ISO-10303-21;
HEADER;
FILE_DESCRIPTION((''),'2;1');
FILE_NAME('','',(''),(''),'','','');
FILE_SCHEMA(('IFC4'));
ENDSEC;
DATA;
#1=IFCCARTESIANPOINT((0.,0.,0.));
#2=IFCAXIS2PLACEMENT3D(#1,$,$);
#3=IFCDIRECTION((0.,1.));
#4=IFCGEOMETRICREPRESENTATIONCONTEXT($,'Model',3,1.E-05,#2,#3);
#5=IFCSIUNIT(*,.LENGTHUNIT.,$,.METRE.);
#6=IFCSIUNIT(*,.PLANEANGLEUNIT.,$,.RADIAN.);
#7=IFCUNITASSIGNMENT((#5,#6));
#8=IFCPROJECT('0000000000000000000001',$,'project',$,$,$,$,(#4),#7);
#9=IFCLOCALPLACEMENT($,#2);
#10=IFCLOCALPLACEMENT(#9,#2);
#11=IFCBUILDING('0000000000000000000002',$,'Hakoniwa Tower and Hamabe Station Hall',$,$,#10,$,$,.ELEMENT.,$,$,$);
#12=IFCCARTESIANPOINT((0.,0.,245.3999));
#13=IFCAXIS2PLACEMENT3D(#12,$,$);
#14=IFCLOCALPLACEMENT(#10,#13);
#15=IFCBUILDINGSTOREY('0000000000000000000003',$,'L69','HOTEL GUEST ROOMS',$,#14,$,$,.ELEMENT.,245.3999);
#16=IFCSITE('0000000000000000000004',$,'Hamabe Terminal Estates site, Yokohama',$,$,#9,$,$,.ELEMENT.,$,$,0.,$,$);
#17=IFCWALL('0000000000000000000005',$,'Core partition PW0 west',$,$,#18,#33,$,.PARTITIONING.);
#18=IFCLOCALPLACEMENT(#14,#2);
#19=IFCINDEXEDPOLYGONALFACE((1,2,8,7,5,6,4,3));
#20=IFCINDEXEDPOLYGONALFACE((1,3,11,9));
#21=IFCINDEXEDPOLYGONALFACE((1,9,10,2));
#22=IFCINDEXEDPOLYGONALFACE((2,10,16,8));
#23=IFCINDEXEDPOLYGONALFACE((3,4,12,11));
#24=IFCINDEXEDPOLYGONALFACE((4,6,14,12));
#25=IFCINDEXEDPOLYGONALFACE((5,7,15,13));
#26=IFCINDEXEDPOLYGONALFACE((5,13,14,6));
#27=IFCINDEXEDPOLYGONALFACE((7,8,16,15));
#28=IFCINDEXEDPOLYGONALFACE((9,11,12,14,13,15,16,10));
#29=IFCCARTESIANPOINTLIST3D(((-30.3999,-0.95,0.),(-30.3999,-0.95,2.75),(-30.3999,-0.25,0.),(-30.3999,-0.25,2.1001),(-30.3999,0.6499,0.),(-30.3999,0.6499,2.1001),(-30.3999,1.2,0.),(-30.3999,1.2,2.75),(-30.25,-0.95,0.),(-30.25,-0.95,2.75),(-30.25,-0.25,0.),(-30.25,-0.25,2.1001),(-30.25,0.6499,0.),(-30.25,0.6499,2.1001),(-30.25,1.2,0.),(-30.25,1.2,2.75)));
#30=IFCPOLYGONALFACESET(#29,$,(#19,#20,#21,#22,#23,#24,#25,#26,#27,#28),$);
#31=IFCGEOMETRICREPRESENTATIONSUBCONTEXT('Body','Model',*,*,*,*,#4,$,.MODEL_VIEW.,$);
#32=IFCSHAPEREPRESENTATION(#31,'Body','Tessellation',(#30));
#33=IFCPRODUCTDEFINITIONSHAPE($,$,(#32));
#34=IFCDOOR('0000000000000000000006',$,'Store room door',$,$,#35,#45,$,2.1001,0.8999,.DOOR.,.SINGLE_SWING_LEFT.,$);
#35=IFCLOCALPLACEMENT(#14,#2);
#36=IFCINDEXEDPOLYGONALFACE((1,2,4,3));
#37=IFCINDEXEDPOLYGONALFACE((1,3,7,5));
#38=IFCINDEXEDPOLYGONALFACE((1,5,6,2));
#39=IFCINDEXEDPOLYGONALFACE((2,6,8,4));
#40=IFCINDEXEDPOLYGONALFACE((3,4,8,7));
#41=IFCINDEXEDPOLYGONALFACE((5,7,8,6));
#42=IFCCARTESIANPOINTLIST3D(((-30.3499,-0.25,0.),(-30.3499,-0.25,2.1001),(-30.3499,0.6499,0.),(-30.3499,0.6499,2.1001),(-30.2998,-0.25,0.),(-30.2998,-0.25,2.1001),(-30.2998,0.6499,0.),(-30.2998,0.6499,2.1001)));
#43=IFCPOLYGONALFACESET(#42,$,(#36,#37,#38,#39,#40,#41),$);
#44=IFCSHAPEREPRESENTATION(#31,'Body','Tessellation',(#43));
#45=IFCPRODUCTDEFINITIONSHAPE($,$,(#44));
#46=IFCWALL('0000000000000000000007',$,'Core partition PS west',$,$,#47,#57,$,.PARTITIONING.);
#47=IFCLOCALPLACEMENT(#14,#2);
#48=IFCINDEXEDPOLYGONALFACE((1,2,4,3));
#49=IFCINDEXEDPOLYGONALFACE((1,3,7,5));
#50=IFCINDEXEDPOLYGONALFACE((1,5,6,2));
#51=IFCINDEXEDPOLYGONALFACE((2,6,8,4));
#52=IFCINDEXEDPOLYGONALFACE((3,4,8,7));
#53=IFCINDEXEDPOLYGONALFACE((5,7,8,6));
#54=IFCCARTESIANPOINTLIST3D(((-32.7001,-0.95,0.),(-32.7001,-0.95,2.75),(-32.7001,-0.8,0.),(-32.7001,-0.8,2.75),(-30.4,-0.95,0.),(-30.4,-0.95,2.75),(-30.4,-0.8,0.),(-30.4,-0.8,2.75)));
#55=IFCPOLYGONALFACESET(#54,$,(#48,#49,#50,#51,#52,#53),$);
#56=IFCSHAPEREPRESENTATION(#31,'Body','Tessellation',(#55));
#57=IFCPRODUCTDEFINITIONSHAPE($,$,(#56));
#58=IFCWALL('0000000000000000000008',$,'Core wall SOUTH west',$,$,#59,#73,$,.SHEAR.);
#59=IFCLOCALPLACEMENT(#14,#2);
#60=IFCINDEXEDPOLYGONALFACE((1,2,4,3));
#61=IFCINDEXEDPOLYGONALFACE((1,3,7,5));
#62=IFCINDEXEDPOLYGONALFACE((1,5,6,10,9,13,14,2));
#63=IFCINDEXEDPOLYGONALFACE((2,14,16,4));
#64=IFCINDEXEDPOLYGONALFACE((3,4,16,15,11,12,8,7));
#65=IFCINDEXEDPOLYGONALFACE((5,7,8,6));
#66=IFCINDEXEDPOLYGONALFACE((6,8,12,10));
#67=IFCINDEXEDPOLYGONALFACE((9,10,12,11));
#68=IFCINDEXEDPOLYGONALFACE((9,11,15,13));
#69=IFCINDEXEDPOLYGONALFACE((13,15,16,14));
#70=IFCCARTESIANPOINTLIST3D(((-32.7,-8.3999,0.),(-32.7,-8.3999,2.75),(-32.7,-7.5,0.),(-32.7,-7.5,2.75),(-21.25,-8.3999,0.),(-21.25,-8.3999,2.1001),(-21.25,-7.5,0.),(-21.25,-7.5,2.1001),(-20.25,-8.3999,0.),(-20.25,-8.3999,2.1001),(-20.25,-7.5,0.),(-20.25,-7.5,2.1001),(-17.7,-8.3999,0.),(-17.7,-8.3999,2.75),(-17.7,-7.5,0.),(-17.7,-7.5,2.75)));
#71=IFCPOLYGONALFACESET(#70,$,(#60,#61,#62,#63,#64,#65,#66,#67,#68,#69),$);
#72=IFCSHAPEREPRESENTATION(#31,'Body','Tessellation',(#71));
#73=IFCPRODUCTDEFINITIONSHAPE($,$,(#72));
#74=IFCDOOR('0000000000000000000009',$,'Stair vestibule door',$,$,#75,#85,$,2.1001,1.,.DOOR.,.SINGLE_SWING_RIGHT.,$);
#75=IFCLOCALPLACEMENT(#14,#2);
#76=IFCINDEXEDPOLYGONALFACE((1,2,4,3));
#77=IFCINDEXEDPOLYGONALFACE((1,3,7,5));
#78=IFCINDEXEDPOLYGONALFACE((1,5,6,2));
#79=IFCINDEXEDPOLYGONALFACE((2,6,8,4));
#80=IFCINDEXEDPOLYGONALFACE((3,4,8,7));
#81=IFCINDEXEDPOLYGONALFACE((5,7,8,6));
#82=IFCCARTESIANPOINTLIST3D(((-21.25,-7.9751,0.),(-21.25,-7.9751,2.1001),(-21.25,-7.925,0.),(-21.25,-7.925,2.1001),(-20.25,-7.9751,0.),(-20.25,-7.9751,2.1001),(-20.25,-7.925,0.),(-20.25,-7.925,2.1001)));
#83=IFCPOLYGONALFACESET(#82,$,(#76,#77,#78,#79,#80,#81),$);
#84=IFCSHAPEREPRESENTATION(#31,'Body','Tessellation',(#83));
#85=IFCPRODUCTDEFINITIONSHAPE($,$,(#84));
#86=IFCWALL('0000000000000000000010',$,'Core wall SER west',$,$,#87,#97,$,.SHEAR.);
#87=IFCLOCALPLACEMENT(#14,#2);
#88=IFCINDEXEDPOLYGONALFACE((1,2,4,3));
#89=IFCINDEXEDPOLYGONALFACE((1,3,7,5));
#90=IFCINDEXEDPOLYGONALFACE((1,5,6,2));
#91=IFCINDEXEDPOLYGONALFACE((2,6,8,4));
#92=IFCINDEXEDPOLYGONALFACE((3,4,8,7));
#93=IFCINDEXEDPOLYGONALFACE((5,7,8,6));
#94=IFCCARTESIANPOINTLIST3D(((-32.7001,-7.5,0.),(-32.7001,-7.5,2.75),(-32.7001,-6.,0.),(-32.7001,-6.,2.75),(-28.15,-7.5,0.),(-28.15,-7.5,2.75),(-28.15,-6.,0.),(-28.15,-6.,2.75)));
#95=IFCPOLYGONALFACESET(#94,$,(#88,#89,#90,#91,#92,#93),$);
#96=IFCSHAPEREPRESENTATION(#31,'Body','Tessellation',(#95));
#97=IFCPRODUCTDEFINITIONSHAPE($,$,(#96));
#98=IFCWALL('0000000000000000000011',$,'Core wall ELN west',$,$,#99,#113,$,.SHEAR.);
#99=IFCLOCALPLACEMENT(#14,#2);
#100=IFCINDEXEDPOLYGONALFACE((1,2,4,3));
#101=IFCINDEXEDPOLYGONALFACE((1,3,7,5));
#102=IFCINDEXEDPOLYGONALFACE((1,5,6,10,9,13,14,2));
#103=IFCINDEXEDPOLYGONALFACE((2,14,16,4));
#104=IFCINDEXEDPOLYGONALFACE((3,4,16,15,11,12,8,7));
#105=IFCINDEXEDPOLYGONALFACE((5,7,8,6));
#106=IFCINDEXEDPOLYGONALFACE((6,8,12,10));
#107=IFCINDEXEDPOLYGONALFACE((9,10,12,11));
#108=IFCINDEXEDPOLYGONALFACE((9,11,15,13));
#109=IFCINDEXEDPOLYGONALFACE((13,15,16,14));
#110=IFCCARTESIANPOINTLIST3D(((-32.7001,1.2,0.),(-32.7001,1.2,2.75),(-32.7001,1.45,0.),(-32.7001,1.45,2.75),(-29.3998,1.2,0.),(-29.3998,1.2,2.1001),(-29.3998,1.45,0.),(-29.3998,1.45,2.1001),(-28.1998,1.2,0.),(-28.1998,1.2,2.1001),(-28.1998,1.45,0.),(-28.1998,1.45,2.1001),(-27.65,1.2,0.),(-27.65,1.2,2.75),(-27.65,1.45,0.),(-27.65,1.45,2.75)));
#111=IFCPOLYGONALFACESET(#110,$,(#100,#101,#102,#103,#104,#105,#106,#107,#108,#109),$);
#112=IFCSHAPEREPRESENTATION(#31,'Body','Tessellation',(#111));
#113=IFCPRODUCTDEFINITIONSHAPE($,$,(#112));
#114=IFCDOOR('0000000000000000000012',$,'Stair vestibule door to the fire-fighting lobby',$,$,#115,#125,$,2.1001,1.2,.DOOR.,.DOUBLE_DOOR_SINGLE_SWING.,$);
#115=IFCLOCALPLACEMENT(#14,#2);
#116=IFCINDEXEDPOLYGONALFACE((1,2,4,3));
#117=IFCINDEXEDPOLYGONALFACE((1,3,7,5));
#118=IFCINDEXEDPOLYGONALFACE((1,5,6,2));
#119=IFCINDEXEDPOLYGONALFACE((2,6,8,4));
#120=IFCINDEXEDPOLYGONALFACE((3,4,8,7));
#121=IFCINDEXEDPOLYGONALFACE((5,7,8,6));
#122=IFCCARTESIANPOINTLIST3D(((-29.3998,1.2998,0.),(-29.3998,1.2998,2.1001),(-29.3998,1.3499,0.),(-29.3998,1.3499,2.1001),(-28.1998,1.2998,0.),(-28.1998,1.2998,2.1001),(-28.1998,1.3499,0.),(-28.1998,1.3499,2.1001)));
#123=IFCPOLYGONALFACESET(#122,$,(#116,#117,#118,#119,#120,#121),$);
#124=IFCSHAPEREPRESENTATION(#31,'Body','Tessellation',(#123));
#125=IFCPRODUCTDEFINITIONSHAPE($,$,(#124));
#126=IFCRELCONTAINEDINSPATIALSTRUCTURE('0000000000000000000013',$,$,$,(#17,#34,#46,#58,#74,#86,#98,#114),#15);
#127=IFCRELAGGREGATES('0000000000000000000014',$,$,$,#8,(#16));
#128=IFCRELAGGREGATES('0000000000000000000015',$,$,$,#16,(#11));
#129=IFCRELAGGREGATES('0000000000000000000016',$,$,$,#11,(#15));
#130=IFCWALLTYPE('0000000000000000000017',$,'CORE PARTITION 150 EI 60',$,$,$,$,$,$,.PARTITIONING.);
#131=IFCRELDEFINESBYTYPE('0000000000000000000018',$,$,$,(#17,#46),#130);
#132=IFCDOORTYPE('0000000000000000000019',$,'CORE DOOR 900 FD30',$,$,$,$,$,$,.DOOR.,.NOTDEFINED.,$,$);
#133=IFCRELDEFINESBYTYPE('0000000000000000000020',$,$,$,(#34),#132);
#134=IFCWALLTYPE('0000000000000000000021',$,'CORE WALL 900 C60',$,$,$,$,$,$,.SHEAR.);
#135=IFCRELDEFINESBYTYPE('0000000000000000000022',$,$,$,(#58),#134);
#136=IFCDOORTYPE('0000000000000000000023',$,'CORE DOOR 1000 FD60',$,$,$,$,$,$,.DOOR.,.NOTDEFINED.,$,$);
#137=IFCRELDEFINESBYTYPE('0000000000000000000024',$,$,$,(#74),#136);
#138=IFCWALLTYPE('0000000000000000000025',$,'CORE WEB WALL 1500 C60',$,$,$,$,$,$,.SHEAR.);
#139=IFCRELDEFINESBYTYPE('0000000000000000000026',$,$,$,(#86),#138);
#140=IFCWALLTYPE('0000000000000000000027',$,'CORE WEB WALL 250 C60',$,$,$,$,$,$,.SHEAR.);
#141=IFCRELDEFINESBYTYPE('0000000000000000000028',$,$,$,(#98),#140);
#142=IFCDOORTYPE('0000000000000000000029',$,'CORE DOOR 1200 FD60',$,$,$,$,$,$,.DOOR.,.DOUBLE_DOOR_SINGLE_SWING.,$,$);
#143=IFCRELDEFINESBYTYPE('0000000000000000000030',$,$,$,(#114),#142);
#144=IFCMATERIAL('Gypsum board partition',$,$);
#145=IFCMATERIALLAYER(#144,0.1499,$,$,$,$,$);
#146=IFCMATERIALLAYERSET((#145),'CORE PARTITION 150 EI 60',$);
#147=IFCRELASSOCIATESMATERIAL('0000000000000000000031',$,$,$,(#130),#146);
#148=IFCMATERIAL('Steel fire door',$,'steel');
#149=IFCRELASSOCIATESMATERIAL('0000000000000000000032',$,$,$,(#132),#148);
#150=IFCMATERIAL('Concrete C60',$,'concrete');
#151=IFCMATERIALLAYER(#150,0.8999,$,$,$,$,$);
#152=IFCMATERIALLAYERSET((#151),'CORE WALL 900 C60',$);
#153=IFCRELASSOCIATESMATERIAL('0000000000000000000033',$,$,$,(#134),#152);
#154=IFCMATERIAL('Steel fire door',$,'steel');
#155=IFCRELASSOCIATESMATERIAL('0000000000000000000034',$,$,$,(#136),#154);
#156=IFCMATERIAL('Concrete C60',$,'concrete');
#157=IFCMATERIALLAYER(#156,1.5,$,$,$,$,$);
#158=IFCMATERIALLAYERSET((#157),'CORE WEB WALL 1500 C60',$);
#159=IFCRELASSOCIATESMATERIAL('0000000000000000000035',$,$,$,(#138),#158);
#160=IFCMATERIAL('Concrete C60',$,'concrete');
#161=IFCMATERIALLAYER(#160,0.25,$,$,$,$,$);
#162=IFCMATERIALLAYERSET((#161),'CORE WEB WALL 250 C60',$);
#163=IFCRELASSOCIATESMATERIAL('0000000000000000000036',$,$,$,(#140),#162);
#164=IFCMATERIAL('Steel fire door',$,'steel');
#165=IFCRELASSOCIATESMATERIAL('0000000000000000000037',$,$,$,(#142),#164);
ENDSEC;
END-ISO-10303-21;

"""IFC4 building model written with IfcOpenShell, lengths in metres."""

from ifc_helpers import new_model, si_unit, direction, frame, frame_2d, origin, place, context, subcontext, project, spatial, rectangle, extrude, material, layer, layer_set, type_object, element, fill, save


model = new_model("IFC4")

# Units and contexts
model_context = context("Model", 3, precision=1e-05, world=origin(), true_north=direction((0.0, 1.0)))
body_context = subcontext(model_context, "Body", "Model", "MODEL_VIEW")
ifc_project = project(units=[si_unit("LENGTHUNIT", "METRE"), si_unit("PLANEANGLEUNIT", "RADIAN")], contexts=[model_context])

# Site, building, storey
site_placement = place(None, origin())
site = spatial("IfcSite", under=ifc_project, at=site_placement, Name="Hamabe Terminal Estates site, Yokohama", CompositionType="ELEMENT", RefElevation=0.0)
building_placement = place(site_placement, origin())
building = spatial("IfcBuilding", under=site, at=building_placement, Name="Hakoniwa Tower and Hamabe Station Hall", CompositionType="ELEMENT")
storey_placement = place(building_placement, frame((0.0, 0.0, 245.3999)))
storey = spatial("IfcBuildingStorey", under=building, at=storey_placement, Name="L69", Description="HOTEL GUEST ROOMS", CompositionType="ELEMENT", Elevation=245.3999)

# Wall, opening, door
ifc_material_1 = material(Name="Gypsum board partition")
ifc_layer_1 = layer(ifc_material_1, 0.1499)
ifc_layer_set_1 = layer_set([ifc_layer_1], Name="CORE PARTITION 150 EI 60")
wall_type_1 = type_object("IfcWallType", Name="CORE PARTITION 150 EI 60", PredefinedType="PARTITIONING", material=ifc_layer_set_1)
wall_1_placement = place(storey_placement, frame((-30.325, -0.95, 0.0), z_axis=(0.0, 0.0, 1.0), x_axis=(0.0, 1.0, 0.0)))
wall_1 = element("IfcWall", 1, at=wall_1_placement, inside=storey, type_object=wall_type_1, Name="Core partition PW0 west", PredefinedType="PARTITIONING", context=body_context, shape_type="SweptSolid", body=[
    extrude(rectangle(XDim=2.1499, YDim=0.1499, at=frame_2d((1.075, 0.0))), origin(), (0.0, 0.0, 1.0), 2.75),
])
opening_1_placement = place(wall_1_placement, frame((0.7, 0.0, 0.0)))
opening_1 = element("IfcOpeningElement", 2, at=opening_1_placement, cuts=wall_1, PredefinedType="OPENING", context=body_context, shape_type="SweptSolid", body=[
    extrude(rectangle(XDim=0.8999, YDim=2.1001, at=frame_2d((0.45, 1.05))), frame((0.0, 0.085, 0.0), z_axis=(0.0, -1.0, 0.0), x_axis=(1.0, 0.0, 0.0)), (0.0, 0.0, 1.0), 0.1699),
])
ifc_material_2 = material(Name="Steel fire door", Category="steel")
door_type_1 = type_object("IfcDoorType", Name="CORE DOOR 900 FD30", OperationType="NOTDEFINED", PredefinedType="DOOR", material=ifc_material_2)
door_1_placement = place(opening_1_placement, origin())
door_1 = element("IfcDoor", 3, at=door_1_placement, inside=storey, type_object=door_type_1, Name="Store room door", OperationType="SINGLE_SWING_LEFT", OverallHeight=2.1001, OverallWidth=0.8999, PredefinedType="DOOR", context=body_context, shape_type="SweptSolid", body=[
    extrude(rectangle(XDim=0.8999, YDim=2.1001, at=frame_2d((0.45, 1.05))), frame((0.0, 0.0249, 0.0), z_axis=(0.0, -1.0, 0.0), x_axis=(1.0, 0.0, 0.0)), (0.0, 0.0, 1.0), 0.05),
])
fill(opening_1, door_1)

# Wall
wall_2_placement = place(storey_placement, frame((-32.7, -0.875, 0.0), z_axis=(0.0, 0.0, 1.0), x_axis=(1.0, 0.0, 0.0)))
element("IfcWall", 4, at=wall_2_placement, inside=storey, type_object=wall_type_1, Name="Core partition PS west", PredefinedType="PARTITIONING", context=body_context, shape_type="SweptSolid", body=[
    extrude(rectangle(XDim=2.3, YDim=0.1499, at=frame_2d((1.1499, 0.0))), origin(), (0.0, 0.0, 1.0), 2.75),
])

# Wall, opening, door
ifc_material_3 = material(Name="Concrete C60", Category="concrete")
ifc_layer_2 = layer(ifc_material_3, 0.8999)
ifc_layer_set_2 = layer_set([ifc_layer_2], Name="CORE WALL 900 C60")
wall_type_2 = type_object("IfcWallType", Name="CORE WALL 900 C60", PredefinedType="SHEAR", material=ifc_layer_set_2)
wall_3_placement = place(storey_placement, frame((-32.7, -7.95, 0.0), z_axis=(0.0, 0.0, 1.0), x_axis=(1.0, 0.0, 0.0)))
wall_3 = element("IfcWall", 5, at=wall_3_placement, inside=storey, type_object=wall_type_2, Name="Core wall SOUTH west", PredefinedType="SHEAR", context=body_context, shape_type="SweptSolid", body=[
    extrude(rectangle(XDim=15.0, YDim=0.8999, at=frame_2d((7.5, 0.0))), origin(), (0.0, 0.0, 1.0), 2.75),
])
opening_2_placement = place(wall_3_placement, frame((11.45, 0.0, 0.0)))
opening_2 = element("IfcOpeningElement", 6, at=opening_2_placement, cuts=wall_3, PredefinedType="OPENING", context=body_context, shape_type="SweptSolid", body=[
    extrude(rectangle(XDim=1.0, YDim=2.1001, at=frame_2d((0.5, 1.05))), frame((0.0, 0.46, 0.0), z_axis=(0.0, -1.0, 0.0), x_axis=(1.0, 0.0, 0.0)), (0.0, 0.0, 1.0), 0.9199),
])
ifc_material_4 = material(Name="Steel fire door", Category="steel")
door_type_2 = type_object("IfcDoorType", Name="CORE DOOR 1000 FD60", OperationType="NOTDEFINED", PredefinedType="DOOR", material=ifc_material_4)
door_2_placement = place(opening_2_placement, origin())
door_2 = element("IfcDoor", 7, at=door_2_placement, inside=storey, type_object=door_type_2, Name="Stair vestibule door", OperationType="SINGLE_SWING_RIGHT", OverallHeight=2.1001, OverallWidth=1.0, PredefinedType="DOOR", context=body_context, shape_type="SweptSolid", body=[
    extrude(rectangle(XDim=1.0, YDim=2.1001, at=frame_2d((0.5, 1.05))), frame((0.0, 0.0249, 0.0), z_axis=(0.0, -1.0, 0.0), x_axis=(1.0, 0.0, 0.0)), (0.0, 0.0, 1.0), 0.05),
])
fill(opening_2, door_2)

# Wall
ifc_material_5 = material(Name="Concrete C60", Category="concrete")
ifc_layer_3 = layer(ifc_material_5, 1.5)
ifc_layer_set_3 = layer_set([ifc_layer_3], Name="CORE WEB WALL 1500 C60")
wall_type_3 = type_object("IfcWallType", Name="CORE WEB WALL 1500 C60", PredefinedType="SHEAR", material=ifc_layer_set_3)
wall_4_placement = place(storey_placement, frame((-32.7, -6.75, 0.0), z_axis=(0.0, 0.0, 1.0), x_axis=(1.0, 0.0, 0.0)))
element("IfcWall", 8, at=wall_4_placement, inside=storey, type_object=wall_type_3, Name="Core wall SER west", PredefinedType="SHEAR", context=body_context, shape_type="SweptSolid", body=[
    extrude(rectangle(XDim=4.55, YDim=1.5, at=frame_2d((2.2749, 0.0))), origin(), (0.0, 0.0, 1.0), 2.75),
])

# Wall, opening, door
ifc_material_6 = material(Name="Concrete C60", Category="concrete")
ifc_layer_4 = layer(ifc_material_6, 0.25)
ifc_layer_set_4 = layer_set([ifc_layer_4], Name="CORE WEB WALL 250 C60")
wall_type_4 = type_object("IfcWallType", Name="CORE WEB WALL 250 C60", PredefinedType="SHEAR", material=ifc_layer_set_4)
wall_5_placement = place(storey_placement, frame((-32.7, 1.325, 0.0), z_axis=(0.0, 0.0, 1.0), x_axis=(1.0, 0.0, 0.0)))
wall_5 = element("IfcWall", 9, at=wall_5_placement, inside=storey, type_object=wall_type_4, Name="Core wall ELN west", PredefinedType="SHEAR", context=body_context, shape_type="SweptSolid", body=[
    extrude(rectangle(XDim=5.05, YDim=0.25, at=frame_2d((2.5249, 0.0))), origin(), (0.0, 0.0, 1.0), 2.75),
])
opening_3_placement = place(wall_5_placement, frame((3.3, 0.0, 0.0)))
opening_3 = element("IfcOpeningElement", 10, at=opening_3_placement, cuts=wall_5, PredefinedType="OPENING", context=body_context, shape_type="SweptSolid", body=[
    extrude(rectangle(XDim=1.2, YDim=2.1001, at=frame_2d((0.6001, 1.05))), frame((0.0, 0.135, 0.0), z_axis=(0.0, -1.0, 0.0), x_axis=(1.0, 0.0, 0.0)), (0.0, 0.0, 1.0), 0.27),
])
ifc_material_7 = material(Name="Steel fire door", Category="steel")
door_type_3 = type_object("IfcDoorType", Name="CORE DOOR 1200 FD60", OperationType="DOUBLE_DOOR_SINGLE_SWING", PredefinedType="DOOR", material=ifc_material_7)
door_3_placement = place(opening_3_placement, origin())
door_3 = element("IfcDoor", 11, at=door_3_placement, inside=storey, type_object=door_type_3, Name="Stair vestibule door to the fire-fighting lobby", OperationType="DOUBLE_DOOR_SINGLE_SWING", OverallHeight=2.1001, OverallWidth=1.2, PredefinedType="DOOR", context=body_context, shape_type="SweptSolid", body=[
    extrude(rectangle(XDim=1.2, YDim=2.1001, at=frame_2d((0.6001, 1.05))), frame((0.0, 0.0249, 0.0), z_axis=(0.0, -1.0, 0.0), x_axis=(1.0, 0.0, 0.0)), (0.0, 0.0, 1.0), 0.05),
])
fill(opening_3, door_3)

save(model, "model.ifc")
